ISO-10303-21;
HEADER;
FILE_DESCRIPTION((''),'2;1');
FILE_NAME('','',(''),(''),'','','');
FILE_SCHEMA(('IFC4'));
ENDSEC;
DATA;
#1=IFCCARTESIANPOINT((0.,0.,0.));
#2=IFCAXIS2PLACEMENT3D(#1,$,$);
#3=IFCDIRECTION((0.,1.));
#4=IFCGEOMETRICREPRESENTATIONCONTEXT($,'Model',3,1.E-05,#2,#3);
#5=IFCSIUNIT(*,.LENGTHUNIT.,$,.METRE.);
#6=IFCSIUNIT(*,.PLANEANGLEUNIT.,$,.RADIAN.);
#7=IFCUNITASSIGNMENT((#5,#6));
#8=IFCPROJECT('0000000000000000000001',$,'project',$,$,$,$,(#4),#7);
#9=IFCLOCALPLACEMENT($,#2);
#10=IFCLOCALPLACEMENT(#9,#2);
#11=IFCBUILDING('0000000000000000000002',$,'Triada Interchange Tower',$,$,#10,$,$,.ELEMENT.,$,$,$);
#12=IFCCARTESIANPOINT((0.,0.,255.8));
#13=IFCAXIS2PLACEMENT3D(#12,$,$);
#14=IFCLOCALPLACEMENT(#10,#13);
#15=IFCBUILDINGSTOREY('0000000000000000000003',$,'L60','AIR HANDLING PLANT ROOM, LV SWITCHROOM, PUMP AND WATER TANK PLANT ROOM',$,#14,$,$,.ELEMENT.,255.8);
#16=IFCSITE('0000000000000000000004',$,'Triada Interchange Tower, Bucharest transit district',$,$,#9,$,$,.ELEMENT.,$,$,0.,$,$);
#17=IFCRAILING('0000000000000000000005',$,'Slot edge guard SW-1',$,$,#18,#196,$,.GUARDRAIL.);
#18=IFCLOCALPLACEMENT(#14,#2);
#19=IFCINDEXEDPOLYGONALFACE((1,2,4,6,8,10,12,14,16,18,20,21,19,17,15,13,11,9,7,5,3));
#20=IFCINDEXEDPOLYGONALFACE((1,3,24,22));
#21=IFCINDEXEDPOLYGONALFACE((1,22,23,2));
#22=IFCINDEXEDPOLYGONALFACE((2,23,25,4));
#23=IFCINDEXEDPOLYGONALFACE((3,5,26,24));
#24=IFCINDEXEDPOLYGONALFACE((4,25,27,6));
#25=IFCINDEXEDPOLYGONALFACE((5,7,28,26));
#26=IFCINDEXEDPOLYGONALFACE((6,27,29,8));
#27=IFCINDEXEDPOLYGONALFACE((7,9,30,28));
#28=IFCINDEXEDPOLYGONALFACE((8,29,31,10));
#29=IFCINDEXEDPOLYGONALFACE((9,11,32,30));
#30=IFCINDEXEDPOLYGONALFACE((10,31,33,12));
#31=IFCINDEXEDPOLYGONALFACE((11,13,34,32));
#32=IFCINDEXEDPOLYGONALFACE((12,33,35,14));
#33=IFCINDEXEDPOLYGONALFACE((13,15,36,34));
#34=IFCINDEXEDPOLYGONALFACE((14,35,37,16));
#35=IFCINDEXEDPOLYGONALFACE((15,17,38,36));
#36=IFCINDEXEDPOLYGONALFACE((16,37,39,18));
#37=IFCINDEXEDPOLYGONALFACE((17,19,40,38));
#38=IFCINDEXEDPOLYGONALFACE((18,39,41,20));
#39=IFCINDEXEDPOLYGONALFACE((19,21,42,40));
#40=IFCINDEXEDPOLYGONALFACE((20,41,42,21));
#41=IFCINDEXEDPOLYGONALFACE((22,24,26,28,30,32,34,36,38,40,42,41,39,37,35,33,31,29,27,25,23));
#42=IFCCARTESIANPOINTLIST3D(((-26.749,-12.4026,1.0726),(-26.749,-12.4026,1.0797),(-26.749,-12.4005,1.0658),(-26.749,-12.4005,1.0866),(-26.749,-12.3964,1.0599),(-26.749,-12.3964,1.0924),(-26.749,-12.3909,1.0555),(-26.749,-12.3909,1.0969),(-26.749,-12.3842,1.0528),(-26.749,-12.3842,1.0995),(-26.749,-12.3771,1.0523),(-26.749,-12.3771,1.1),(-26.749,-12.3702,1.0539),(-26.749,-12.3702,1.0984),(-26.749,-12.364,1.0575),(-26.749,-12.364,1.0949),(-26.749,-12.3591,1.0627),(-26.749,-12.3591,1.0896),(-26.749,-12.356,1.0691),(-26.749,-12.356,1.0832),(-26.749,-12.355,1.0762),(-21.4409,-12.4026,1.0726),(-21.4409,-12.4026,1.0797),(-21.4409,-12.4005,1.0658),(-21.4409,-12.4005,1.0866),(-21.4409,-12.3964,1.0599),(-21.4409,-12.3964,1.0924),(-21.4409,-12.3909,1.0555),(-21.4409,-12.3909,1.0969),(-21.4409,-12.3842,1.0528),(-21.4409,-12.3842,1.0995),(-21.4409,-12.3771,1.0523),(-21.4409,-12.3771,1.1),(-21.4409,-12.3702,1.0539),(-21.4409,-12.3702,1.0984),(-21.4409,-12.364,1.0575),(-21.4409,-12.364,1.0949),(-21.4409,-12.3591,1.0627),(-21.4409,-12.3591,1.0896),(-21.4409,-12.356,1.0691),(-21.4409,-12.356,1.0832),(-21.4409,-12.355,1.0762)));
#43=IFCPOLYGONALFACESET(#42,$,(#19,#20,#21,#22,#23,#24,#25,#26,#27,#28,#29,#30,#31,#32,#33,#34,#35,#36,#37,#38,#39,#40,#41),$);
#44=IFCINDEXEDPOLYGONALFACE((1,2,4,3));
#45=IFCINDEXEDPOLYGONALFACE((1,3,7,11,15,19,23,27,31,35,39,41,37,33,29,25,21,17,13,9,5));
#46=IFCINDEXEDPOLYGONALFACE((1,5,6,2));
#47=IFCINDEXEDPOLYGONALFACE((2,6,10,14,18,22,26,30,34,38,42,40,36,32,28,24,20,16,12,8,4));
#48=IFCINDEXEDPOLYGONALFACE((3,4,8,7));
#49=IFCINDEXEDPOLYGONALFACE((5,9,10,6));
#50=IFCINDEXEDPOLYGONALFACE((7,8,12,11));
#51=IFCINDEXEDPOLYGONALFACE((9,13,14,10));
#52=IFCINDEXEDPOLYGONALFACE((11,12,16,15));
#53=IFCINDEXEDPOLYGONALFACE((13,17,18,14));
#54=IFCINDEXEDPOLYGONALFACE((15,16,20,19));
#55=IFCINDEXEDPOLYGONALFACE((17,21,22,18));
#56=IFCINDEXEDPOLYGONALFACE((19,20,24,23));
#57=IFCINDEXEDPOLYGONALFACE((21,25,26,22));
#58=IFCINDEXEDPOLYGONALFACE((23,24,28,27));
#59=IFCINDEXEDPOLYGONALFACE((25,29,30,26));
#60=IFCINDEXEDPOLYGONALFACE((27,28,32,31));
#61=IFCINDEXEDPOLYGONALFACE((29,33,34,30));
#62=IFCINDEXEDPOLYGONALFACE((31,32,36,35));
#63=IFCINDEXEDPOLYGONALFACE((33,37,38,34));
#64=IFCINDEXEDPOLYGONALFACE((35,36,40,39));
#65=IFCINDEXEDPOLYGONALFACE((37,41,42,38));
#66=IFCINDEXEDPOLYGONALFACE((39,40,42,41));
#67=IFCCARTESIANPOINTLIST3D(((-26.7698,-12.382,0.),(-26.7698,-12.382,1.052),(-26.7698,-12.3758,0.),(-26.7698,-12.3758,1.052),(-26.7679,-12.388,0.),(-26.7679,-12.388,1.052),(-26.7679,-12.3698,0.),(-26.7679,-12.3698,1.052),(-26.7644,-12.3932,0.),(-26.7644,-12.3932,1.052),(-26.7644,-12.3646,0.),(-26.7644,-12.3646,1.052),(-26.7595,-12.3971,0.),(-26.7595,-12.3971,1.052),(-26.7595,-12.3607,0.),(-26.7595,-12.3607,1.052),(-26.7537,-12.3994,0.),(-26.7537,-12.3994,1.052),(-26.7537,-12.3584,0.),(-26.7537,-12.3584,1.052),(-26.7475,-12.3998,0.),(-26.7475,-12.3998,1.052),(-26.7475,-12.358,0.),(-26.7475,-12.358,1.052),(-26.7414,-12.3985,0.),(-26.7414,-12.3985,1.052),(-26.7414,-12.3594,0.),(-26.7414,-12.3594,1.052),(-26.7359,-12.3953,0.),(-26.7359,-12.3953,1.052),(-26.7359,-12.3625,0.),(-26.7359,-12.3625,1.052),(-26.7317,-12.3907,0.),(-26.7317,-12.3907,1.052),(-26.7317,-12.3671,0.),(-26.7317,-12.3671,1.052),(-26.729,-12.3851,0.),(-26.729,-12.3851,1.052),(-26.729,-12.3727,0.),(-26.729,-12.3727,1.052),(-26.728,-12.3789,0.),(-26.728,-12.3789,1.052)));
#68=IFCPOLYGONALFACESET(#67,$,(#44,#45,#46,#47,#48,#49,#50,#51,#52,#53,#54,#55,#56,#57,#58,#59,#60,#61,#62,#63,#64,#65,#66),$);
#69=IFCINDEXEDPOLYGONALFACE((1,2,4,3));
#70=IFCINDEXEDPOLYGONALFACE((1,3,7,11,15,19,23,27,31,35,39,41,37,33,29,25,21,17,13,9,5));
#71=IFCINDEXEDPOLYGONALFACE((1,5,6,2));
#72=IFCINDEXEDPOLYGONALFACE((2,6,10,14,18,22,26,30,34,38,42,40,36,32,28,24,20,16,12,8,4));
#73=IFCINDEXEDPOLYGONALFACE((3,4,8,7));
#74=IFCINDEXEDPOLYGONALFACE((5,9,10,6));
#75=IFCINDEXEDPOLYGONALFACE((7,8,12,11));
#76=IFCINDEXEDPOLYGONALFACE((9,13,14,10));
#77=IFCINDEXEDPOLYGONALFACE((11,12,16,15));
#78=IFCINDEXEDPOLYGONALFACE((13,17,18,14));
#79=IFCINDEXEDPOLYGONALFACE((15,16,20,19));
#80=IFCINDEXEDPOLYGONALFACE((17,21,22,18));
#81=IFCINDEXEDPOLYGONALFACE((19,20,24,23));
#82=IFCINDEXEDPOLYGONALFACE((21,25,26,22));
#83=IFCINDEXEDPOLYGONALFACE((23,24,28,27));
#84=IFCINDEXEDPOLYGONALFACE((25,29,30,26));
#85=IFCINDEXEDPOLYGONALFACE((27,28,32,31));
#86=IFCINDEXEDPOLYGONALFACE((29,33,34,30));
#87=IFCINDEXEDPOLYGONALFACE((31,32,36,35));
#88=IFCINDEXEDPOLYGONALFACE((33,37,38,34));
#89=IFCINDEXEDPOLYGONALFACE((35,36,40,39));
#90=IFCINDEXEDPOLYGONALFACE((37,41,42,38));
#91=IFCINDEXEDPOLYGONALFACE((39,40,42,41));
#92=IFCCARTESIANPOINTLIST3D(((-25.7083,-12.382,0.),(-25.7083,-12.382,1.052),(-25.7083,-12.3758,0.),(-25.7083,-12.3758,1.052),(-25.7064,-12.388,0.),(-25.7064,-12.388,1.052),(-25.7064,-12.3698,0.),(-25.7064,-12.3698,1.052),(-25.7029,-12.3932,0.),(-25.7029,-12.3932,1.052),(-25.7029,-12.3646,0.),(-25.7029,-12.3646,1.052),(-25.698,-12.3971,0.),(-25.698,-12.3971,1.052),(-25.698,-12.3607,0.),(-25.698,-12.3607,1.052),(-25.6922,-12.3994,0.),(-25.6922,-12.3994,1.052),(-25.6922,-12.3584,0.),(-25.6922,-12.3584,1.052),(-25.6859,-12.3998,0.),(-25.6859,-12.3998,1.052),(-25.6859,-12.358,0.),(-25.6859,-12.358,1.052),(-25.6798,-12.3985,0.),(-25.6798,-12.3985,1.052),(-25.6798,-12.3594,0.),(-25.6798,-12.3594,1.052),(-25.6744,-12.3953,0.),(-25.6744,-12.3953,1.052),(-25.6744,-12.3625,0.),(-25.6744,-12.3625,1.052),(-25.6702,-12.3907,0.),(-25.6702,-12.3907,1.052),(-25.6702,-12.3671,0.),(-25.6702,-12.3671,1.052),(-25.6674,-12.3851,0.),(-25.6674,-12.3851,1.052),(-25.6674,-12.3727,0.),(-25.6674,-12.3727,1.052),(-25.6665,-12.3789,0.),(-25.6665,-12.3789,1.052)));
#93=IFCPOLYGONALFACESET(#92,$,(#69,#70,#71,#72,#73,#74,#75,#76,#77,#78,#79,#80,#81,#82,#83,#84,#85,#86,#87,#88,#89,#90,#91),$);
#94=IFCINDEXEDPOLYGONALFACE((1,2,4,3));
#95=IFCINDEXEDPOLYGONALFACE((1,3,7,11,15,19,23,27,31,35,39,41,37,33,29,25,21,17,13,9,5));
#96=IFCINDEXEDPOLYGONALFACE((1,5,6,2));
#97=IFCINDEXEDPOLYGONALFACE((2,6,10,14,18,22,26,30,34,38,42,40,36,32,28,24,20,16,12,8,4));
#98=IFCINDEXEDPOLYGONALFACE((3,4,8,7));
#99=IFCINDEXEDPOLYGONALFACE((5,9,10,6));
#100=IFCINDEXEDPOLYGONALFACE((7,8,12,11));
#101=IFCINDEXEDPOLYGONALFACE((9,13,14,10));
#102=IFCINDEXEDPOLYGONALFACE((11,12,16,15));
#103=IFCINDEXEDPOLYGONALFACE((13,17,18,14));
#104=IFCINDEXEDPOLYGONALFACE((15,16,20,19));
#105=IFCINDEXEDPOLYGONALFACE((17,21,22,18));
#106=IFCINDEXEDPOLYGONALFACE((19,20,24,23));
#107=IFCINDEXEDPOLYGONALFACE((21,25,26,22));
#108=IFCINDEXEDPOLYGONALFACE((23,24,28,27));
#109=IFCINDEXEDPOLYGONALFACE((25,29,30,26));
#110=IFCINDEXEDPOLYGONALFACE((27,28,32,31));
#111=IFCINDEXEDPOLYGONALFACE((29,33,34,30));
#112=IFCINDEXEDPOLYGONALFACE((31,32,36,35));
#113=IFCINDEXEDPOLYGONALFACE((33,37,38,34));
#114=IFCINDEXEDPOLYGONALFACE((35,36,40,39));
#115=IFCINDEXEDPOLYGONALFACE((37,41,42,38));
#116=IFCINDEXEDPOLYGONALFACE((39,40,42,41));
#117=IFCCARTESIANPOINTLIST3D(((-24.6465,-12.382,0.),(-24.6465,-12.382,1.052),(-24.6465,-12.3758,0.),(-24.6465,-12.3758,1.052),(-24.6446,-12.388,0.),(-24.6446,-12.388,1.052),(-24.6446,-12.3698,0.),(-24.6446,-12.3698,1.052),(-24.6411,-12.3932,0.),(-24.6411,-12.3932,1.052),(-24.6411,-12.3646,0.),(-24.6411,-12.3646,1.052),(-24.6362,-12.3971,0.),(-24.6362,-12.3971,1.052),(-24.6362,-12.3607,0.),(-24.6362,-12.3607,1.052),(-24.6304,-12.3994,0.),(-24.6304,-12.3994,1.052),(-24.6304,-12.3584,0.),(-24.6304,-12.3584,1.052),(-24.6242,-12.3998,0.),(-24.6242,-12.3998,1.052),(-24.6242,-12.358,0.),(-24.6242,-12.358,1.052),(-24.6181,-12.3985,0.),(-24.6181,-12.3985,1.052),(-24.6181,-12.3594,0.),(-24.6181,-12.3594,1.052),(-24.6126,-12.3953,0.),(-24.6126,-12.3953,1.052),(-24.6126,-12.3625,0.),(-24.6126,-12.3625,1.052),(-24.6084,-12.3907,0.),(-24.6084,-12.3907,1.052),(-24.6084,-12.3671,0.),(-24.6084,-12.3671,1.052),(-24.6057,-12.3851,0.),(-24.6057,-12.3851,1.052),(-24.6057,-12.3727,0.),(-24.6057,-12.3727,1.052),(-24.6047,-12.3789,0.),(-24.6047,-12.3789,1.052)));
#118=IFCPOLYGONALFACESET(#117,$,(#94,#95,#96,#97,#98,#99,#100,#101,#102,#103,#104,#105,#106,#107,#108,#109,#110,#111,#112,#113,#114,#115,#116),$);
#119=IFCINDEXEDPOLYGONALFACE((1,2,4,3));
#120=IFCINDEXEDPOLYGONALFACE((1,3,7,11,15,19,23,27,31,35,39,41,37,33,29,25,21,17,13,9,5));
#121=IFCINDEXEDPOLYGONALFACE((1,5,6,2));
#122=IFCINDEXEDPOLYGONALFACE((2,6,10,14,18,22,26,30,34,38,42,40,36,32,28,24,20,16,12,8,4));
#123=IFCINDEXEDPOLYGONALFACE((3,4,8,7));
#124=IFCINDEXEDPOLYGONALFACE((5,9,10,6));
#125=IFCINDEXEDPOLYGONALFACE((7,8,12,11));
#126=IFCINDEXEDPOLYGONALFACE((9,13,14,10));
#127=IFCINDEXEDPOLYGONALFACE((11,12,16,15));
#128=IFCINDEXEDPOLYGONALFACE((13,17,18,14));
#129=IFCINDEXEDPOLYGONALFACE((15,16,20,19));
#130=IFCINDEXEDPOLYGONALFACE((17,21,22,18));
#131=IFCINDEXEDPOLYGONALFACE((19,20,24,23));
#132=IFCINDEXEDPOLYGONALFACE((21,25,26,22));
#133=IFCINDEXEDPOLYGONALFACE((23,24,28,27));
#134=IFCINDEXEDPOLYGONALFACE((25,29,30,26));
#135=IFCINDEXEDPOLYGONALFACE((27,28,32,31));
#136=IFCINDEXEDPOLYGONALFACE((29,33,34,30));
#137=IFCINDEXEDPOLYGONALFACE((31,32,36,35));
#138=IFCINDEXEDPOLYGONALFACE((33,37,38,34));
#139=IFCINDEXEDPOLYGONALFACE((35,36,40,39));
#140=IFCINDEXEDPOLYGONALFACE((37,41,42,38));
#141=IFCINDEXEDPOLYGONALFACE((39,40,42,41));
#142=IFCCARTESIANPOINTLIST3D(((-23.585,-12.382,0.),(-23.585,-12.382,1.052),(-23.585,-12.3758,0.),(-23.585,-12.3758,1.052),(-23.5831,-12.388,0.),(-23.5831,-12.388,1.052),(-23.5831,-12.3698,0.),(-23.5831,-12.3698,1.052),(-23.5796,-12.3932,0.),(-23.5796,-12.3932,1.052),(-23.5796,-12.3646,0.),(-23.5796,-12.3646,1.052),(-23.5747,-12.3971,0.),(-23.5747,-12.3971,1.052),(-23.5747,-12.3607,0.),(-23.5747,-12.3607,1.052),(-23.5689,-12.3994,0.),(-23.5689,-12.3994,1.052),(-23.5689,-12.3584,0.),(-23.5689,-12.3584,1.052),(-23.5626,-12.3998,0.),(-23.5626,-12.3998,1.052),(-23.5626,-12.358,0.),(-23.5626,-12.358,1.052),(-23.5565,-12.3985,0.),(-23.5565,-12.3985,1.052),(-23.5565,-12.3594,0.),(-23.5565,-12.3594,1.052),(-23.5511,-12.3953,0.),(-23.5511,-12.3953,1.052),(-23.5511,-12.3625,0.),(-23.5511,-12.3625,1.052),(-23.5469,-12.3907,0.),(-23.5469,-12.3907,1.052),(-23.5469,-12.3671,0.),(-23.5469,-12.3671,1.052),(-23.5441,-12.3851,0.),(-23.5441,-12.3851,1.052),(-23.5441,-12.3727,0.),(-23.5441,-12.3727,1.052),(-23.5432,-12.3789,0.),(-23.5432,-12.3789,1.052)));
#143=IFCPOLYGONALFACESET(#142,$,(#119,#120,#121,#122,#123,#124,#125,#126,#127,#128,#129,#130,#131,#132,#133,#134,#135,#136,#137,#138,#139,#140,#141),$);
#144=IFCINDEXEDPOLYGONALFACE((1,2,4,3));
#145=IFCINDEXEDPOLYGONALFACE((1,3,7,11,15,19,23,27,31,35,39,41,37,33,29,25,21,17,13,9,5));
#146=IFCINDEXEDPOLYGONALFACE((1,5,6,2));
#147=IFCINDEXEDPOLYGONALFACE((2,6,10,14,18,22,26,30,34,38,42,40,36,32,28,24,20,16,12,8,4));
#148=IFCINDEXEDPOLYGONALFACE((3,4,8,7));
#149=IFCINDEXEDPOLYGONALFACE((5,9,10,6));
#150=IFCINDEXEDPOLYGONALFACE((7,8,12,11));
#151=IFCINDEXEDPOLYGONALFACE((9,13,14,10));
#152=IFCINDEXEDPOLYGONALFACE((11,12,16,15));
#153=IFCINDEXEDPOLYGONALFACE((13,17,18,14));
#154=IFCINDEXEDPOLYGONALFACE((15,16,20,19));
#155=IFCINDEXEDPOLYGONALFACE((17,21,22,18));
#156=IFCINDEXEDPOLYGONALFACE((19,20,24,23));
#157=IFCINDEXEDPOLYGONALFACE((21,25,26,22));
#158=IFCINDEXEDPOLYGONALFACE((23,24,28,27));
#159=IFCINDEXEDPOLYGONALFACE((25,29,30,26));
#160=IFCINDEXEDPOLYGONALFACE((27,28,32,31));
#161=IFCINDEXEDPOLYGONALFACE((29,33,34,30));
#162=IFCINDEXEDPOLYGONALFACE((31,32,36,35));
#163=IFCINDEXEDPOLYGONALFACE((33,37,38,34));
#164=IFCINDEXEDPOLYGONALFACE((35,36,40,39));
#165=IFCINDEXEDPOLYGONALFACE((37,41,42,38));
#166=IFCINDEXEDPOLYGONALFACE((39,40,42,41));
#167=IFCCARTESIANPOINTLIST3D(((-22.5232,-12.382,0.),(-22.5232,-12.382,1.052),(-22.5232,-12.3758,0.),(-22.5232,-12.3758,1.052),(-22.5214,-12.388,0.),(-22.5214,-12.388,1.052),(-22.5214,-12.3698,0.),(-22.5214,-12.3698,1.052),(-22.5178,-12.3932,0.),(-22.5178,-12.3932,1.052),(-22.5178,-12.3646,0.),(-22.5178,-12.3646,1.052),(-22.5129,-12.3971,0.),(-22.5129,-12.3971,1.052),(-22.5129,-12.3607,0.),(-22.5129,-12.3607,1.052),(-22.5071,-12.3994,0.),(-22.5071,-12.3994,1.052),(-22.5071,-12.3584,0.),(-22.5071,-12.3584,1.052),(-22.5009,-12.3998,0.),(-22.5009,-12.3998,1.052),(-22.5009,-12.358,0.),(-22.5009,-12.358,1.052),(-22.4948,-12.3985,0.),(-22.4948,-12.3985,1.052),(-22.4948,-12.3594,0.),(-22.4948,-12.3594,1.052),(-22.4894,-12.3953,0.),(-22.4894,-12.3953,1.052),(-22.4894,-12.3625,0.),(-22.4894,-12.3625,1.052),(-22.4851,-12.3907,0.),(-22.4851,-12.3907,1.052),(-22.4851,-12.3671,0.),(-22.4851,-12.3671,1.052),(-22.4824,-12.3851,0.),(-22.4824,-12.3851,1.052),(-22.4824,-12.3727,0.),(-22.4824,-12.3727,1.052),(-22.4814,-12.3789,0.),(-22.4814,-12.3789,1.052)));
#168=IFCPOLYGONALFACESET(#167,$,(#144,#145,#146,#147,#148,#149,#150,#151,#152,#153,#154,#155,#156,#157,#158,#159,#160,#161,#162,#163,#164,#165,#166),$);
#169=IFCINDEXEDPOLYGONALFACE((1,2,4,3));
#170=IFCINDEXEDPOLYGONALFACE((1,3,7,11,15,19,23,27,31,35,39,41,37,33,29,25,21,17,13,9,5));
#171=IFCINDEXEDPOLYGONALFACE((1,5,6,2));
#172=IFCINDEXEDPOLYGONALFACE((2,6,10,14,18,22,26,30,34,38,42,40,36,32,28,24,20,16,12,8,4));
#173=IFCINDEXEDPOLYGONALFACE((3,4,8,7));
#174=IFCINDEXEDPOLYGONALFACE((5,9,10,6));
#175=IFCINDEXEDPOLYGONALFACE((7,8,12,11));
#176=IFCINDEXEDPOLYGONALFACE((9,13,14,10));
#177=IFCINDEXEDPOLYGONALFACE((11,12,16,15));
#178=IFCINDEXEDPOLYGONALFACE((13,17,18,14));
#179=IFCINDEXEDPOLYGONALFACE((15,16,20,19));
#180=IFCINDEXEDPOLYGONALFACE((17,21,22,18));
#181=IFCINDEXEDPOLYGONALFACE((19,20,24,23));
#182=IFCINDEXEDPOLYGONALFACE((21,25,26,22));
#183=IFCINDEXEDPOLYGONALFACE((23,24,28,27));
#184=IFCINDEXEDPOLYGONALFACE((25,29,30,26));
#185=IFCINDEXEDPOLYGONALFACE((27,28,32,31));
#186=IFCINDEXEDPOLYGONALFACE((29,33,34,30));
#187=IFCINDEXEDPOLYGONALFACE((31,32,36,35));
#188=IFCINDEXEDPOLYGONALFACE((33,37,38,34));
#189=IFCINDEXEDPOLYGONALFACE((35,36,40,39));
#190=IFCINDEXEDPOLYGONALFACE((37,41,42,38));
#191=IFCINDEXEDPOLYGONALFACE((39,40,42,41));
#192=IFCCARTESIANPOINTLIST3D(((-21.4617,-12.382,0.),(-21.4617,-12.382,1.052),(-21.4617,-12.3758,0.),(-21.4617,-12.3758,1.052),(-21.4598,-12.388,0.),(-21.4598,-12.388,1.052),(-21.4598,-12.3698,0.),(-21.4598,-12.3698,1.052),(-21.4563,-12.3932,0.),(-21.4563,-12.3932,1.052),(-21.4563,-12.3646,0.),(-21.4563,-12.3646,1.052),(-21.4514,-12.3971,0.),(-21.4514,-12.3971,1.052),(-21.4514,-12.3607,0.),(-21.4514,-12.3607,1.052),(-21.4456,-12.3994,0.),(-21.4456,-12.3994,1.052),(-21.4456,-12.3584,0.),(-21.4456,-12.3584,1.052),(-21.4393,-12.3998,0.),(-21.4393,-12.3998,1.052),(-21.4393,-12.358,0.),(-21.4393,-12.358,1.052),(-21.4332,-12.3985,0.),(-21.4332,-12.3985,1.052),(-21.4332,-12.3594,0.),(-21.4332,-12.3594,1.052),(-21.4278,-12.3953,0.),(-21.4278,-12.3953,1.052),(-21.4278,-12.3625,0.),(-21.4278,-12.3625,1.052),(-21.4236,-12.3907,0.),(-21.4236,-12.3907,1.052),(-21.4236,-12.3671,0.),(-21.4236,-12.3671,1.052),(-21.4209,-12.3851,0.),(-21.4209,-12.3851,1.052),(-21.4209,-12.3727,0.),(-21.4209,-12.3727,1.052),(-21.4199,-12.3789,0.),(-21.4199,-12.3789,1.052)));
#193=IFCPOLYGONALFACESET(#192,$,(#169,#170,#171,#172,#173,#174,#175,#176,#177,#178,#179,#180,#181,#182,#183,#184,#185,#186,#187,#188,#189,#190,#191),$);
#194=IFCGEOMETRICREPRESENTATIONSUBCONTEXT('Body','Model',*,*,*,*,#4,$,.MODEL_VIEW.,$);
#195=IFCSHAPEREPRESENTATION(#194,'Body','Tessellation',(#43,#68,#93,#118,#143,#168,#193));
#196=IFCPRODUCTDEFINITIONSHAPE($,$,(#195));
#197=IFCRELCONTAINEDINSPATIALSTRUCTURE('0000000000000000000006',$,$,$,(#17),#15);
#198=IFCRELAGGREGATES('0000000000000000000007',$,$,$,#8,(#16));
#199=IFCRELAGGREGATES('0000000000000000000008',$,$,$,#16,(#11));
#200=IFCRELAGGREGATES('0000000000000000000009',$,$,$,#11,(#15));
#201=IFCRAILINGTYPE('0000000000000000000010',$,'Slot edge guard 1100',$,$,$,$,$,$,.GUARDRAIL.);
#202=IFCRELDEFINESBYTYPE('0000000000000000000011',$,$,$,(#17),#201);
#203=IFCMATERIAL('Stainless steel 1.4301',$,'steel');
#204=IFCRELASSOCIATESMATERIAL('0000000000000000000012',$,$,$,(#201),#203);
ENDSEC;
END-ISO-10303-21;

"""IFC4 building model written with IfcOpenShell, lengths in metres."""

from ifc_helpers import new_model, si_unit, direction, frame, origin, origin_2d, place, context, subcontext, project, spatial, circle, extrude, material, type_object, element, save


model = new_model("IFC4")

# Units and contexts
model_context = context("Model", 3, precision=1e-05, world=origin(), true_north=direction((0.0, 1.0)))
body_context = subcontext(model_context, "Body", "Model", "MODEL_VIEW")
ifc_project = project(units=[si_unit("LENGTHUNIT", "METRE"), si_unit("PLANEANGLEUNIT", "RADIAN")], contexts=[model_context])

# Site, building, storey
site_placement = place(None, origin())
site = spatial("IfcSite", under=ifc_project, at=site_placement, Name="Triada Interchange Tower, Bucharest transit district", CompositionType="ELEMENT", RefElevation=0.0)
building_placement = place(site_placement, origin())
building = spatial("IfcBuilding", under=site, at=building_placement, Name="Triada Interchange Tower", CompositionType="ELEMENT")
storey_placement = place(building_placement, frame((0.0, 0.0, 255.8)))
storey = spatial("IfcBuildingStorey", under=building, at=storey_placement, Name="L60", Description="AIR HANDLING PLANT ROOM, LV SWITCHROOM, PUMP AND WATER TANK PLANT ROOM", CompositionType="ELEMENT", Elevation=255.8)

# Railing
ifc_material_1 = material(Name="Stainless steel 1.4301", Category="steel")
railing_type = type_object("IfcRailingType", Name="Slot edge guard 1100", PredefinedType="GUARDRAIL", material=ifc_material_1)
railing_1_placement = place(storey_placement, frame((-26.749, -12.3789, 0.0)))
element("IfcRailing", 1, at=railing_1_placement, inside=storey, type_object=railing_type, Name="Slot edge guard SW-1", PredefinedType="GUARDRAIL", context=body_context, shape_type="SweptSolid", body=[
    extrude(circle(Radius=0.0239, at=origin_2d()), frame((0.0, 0.0, 1.0762), z_axis=(1.0, 0.0, 0.0), x_axis=(0.0, 1.0, 0.0)), (0.0, 0.0, 1.0), 5.3081),
    extrude(circle(Radius=0.021, at=origin_2d()), origin(), (0.0, 0.0, 1.0), 1.052),
    extrude(circle(Radius=0.021, at=origin_2d()), frame((1.0615, 0.0, 0.0)), (0.0, 0.0, 1.0), 1.052),
    extrude(circle(Radius=0.021, at=origin_2d()), frame((2.1233, 0.0, 0.0)), (0.0, 0.0, 1.0), 1.052),
    extrude(circle(Radius=0.021, at=origin_2d()), frame((3.1848, 0.0, 0.0)), (0.0, 0.0, 1.0), 1.052),
    extrude(circle(Radius=0.021, at=origin_2d()), frame((4.2466, 0.0, 0.0)), (0.0, 0.0, 1.0), 1.052),
    extrude(circle(Radius=0.021, at=origin_2d()), frame((5.3081, 0.0, 0.0)), (0.0, 0.0, 1.0), 1.052),
])

save(model, "model.ifc")
